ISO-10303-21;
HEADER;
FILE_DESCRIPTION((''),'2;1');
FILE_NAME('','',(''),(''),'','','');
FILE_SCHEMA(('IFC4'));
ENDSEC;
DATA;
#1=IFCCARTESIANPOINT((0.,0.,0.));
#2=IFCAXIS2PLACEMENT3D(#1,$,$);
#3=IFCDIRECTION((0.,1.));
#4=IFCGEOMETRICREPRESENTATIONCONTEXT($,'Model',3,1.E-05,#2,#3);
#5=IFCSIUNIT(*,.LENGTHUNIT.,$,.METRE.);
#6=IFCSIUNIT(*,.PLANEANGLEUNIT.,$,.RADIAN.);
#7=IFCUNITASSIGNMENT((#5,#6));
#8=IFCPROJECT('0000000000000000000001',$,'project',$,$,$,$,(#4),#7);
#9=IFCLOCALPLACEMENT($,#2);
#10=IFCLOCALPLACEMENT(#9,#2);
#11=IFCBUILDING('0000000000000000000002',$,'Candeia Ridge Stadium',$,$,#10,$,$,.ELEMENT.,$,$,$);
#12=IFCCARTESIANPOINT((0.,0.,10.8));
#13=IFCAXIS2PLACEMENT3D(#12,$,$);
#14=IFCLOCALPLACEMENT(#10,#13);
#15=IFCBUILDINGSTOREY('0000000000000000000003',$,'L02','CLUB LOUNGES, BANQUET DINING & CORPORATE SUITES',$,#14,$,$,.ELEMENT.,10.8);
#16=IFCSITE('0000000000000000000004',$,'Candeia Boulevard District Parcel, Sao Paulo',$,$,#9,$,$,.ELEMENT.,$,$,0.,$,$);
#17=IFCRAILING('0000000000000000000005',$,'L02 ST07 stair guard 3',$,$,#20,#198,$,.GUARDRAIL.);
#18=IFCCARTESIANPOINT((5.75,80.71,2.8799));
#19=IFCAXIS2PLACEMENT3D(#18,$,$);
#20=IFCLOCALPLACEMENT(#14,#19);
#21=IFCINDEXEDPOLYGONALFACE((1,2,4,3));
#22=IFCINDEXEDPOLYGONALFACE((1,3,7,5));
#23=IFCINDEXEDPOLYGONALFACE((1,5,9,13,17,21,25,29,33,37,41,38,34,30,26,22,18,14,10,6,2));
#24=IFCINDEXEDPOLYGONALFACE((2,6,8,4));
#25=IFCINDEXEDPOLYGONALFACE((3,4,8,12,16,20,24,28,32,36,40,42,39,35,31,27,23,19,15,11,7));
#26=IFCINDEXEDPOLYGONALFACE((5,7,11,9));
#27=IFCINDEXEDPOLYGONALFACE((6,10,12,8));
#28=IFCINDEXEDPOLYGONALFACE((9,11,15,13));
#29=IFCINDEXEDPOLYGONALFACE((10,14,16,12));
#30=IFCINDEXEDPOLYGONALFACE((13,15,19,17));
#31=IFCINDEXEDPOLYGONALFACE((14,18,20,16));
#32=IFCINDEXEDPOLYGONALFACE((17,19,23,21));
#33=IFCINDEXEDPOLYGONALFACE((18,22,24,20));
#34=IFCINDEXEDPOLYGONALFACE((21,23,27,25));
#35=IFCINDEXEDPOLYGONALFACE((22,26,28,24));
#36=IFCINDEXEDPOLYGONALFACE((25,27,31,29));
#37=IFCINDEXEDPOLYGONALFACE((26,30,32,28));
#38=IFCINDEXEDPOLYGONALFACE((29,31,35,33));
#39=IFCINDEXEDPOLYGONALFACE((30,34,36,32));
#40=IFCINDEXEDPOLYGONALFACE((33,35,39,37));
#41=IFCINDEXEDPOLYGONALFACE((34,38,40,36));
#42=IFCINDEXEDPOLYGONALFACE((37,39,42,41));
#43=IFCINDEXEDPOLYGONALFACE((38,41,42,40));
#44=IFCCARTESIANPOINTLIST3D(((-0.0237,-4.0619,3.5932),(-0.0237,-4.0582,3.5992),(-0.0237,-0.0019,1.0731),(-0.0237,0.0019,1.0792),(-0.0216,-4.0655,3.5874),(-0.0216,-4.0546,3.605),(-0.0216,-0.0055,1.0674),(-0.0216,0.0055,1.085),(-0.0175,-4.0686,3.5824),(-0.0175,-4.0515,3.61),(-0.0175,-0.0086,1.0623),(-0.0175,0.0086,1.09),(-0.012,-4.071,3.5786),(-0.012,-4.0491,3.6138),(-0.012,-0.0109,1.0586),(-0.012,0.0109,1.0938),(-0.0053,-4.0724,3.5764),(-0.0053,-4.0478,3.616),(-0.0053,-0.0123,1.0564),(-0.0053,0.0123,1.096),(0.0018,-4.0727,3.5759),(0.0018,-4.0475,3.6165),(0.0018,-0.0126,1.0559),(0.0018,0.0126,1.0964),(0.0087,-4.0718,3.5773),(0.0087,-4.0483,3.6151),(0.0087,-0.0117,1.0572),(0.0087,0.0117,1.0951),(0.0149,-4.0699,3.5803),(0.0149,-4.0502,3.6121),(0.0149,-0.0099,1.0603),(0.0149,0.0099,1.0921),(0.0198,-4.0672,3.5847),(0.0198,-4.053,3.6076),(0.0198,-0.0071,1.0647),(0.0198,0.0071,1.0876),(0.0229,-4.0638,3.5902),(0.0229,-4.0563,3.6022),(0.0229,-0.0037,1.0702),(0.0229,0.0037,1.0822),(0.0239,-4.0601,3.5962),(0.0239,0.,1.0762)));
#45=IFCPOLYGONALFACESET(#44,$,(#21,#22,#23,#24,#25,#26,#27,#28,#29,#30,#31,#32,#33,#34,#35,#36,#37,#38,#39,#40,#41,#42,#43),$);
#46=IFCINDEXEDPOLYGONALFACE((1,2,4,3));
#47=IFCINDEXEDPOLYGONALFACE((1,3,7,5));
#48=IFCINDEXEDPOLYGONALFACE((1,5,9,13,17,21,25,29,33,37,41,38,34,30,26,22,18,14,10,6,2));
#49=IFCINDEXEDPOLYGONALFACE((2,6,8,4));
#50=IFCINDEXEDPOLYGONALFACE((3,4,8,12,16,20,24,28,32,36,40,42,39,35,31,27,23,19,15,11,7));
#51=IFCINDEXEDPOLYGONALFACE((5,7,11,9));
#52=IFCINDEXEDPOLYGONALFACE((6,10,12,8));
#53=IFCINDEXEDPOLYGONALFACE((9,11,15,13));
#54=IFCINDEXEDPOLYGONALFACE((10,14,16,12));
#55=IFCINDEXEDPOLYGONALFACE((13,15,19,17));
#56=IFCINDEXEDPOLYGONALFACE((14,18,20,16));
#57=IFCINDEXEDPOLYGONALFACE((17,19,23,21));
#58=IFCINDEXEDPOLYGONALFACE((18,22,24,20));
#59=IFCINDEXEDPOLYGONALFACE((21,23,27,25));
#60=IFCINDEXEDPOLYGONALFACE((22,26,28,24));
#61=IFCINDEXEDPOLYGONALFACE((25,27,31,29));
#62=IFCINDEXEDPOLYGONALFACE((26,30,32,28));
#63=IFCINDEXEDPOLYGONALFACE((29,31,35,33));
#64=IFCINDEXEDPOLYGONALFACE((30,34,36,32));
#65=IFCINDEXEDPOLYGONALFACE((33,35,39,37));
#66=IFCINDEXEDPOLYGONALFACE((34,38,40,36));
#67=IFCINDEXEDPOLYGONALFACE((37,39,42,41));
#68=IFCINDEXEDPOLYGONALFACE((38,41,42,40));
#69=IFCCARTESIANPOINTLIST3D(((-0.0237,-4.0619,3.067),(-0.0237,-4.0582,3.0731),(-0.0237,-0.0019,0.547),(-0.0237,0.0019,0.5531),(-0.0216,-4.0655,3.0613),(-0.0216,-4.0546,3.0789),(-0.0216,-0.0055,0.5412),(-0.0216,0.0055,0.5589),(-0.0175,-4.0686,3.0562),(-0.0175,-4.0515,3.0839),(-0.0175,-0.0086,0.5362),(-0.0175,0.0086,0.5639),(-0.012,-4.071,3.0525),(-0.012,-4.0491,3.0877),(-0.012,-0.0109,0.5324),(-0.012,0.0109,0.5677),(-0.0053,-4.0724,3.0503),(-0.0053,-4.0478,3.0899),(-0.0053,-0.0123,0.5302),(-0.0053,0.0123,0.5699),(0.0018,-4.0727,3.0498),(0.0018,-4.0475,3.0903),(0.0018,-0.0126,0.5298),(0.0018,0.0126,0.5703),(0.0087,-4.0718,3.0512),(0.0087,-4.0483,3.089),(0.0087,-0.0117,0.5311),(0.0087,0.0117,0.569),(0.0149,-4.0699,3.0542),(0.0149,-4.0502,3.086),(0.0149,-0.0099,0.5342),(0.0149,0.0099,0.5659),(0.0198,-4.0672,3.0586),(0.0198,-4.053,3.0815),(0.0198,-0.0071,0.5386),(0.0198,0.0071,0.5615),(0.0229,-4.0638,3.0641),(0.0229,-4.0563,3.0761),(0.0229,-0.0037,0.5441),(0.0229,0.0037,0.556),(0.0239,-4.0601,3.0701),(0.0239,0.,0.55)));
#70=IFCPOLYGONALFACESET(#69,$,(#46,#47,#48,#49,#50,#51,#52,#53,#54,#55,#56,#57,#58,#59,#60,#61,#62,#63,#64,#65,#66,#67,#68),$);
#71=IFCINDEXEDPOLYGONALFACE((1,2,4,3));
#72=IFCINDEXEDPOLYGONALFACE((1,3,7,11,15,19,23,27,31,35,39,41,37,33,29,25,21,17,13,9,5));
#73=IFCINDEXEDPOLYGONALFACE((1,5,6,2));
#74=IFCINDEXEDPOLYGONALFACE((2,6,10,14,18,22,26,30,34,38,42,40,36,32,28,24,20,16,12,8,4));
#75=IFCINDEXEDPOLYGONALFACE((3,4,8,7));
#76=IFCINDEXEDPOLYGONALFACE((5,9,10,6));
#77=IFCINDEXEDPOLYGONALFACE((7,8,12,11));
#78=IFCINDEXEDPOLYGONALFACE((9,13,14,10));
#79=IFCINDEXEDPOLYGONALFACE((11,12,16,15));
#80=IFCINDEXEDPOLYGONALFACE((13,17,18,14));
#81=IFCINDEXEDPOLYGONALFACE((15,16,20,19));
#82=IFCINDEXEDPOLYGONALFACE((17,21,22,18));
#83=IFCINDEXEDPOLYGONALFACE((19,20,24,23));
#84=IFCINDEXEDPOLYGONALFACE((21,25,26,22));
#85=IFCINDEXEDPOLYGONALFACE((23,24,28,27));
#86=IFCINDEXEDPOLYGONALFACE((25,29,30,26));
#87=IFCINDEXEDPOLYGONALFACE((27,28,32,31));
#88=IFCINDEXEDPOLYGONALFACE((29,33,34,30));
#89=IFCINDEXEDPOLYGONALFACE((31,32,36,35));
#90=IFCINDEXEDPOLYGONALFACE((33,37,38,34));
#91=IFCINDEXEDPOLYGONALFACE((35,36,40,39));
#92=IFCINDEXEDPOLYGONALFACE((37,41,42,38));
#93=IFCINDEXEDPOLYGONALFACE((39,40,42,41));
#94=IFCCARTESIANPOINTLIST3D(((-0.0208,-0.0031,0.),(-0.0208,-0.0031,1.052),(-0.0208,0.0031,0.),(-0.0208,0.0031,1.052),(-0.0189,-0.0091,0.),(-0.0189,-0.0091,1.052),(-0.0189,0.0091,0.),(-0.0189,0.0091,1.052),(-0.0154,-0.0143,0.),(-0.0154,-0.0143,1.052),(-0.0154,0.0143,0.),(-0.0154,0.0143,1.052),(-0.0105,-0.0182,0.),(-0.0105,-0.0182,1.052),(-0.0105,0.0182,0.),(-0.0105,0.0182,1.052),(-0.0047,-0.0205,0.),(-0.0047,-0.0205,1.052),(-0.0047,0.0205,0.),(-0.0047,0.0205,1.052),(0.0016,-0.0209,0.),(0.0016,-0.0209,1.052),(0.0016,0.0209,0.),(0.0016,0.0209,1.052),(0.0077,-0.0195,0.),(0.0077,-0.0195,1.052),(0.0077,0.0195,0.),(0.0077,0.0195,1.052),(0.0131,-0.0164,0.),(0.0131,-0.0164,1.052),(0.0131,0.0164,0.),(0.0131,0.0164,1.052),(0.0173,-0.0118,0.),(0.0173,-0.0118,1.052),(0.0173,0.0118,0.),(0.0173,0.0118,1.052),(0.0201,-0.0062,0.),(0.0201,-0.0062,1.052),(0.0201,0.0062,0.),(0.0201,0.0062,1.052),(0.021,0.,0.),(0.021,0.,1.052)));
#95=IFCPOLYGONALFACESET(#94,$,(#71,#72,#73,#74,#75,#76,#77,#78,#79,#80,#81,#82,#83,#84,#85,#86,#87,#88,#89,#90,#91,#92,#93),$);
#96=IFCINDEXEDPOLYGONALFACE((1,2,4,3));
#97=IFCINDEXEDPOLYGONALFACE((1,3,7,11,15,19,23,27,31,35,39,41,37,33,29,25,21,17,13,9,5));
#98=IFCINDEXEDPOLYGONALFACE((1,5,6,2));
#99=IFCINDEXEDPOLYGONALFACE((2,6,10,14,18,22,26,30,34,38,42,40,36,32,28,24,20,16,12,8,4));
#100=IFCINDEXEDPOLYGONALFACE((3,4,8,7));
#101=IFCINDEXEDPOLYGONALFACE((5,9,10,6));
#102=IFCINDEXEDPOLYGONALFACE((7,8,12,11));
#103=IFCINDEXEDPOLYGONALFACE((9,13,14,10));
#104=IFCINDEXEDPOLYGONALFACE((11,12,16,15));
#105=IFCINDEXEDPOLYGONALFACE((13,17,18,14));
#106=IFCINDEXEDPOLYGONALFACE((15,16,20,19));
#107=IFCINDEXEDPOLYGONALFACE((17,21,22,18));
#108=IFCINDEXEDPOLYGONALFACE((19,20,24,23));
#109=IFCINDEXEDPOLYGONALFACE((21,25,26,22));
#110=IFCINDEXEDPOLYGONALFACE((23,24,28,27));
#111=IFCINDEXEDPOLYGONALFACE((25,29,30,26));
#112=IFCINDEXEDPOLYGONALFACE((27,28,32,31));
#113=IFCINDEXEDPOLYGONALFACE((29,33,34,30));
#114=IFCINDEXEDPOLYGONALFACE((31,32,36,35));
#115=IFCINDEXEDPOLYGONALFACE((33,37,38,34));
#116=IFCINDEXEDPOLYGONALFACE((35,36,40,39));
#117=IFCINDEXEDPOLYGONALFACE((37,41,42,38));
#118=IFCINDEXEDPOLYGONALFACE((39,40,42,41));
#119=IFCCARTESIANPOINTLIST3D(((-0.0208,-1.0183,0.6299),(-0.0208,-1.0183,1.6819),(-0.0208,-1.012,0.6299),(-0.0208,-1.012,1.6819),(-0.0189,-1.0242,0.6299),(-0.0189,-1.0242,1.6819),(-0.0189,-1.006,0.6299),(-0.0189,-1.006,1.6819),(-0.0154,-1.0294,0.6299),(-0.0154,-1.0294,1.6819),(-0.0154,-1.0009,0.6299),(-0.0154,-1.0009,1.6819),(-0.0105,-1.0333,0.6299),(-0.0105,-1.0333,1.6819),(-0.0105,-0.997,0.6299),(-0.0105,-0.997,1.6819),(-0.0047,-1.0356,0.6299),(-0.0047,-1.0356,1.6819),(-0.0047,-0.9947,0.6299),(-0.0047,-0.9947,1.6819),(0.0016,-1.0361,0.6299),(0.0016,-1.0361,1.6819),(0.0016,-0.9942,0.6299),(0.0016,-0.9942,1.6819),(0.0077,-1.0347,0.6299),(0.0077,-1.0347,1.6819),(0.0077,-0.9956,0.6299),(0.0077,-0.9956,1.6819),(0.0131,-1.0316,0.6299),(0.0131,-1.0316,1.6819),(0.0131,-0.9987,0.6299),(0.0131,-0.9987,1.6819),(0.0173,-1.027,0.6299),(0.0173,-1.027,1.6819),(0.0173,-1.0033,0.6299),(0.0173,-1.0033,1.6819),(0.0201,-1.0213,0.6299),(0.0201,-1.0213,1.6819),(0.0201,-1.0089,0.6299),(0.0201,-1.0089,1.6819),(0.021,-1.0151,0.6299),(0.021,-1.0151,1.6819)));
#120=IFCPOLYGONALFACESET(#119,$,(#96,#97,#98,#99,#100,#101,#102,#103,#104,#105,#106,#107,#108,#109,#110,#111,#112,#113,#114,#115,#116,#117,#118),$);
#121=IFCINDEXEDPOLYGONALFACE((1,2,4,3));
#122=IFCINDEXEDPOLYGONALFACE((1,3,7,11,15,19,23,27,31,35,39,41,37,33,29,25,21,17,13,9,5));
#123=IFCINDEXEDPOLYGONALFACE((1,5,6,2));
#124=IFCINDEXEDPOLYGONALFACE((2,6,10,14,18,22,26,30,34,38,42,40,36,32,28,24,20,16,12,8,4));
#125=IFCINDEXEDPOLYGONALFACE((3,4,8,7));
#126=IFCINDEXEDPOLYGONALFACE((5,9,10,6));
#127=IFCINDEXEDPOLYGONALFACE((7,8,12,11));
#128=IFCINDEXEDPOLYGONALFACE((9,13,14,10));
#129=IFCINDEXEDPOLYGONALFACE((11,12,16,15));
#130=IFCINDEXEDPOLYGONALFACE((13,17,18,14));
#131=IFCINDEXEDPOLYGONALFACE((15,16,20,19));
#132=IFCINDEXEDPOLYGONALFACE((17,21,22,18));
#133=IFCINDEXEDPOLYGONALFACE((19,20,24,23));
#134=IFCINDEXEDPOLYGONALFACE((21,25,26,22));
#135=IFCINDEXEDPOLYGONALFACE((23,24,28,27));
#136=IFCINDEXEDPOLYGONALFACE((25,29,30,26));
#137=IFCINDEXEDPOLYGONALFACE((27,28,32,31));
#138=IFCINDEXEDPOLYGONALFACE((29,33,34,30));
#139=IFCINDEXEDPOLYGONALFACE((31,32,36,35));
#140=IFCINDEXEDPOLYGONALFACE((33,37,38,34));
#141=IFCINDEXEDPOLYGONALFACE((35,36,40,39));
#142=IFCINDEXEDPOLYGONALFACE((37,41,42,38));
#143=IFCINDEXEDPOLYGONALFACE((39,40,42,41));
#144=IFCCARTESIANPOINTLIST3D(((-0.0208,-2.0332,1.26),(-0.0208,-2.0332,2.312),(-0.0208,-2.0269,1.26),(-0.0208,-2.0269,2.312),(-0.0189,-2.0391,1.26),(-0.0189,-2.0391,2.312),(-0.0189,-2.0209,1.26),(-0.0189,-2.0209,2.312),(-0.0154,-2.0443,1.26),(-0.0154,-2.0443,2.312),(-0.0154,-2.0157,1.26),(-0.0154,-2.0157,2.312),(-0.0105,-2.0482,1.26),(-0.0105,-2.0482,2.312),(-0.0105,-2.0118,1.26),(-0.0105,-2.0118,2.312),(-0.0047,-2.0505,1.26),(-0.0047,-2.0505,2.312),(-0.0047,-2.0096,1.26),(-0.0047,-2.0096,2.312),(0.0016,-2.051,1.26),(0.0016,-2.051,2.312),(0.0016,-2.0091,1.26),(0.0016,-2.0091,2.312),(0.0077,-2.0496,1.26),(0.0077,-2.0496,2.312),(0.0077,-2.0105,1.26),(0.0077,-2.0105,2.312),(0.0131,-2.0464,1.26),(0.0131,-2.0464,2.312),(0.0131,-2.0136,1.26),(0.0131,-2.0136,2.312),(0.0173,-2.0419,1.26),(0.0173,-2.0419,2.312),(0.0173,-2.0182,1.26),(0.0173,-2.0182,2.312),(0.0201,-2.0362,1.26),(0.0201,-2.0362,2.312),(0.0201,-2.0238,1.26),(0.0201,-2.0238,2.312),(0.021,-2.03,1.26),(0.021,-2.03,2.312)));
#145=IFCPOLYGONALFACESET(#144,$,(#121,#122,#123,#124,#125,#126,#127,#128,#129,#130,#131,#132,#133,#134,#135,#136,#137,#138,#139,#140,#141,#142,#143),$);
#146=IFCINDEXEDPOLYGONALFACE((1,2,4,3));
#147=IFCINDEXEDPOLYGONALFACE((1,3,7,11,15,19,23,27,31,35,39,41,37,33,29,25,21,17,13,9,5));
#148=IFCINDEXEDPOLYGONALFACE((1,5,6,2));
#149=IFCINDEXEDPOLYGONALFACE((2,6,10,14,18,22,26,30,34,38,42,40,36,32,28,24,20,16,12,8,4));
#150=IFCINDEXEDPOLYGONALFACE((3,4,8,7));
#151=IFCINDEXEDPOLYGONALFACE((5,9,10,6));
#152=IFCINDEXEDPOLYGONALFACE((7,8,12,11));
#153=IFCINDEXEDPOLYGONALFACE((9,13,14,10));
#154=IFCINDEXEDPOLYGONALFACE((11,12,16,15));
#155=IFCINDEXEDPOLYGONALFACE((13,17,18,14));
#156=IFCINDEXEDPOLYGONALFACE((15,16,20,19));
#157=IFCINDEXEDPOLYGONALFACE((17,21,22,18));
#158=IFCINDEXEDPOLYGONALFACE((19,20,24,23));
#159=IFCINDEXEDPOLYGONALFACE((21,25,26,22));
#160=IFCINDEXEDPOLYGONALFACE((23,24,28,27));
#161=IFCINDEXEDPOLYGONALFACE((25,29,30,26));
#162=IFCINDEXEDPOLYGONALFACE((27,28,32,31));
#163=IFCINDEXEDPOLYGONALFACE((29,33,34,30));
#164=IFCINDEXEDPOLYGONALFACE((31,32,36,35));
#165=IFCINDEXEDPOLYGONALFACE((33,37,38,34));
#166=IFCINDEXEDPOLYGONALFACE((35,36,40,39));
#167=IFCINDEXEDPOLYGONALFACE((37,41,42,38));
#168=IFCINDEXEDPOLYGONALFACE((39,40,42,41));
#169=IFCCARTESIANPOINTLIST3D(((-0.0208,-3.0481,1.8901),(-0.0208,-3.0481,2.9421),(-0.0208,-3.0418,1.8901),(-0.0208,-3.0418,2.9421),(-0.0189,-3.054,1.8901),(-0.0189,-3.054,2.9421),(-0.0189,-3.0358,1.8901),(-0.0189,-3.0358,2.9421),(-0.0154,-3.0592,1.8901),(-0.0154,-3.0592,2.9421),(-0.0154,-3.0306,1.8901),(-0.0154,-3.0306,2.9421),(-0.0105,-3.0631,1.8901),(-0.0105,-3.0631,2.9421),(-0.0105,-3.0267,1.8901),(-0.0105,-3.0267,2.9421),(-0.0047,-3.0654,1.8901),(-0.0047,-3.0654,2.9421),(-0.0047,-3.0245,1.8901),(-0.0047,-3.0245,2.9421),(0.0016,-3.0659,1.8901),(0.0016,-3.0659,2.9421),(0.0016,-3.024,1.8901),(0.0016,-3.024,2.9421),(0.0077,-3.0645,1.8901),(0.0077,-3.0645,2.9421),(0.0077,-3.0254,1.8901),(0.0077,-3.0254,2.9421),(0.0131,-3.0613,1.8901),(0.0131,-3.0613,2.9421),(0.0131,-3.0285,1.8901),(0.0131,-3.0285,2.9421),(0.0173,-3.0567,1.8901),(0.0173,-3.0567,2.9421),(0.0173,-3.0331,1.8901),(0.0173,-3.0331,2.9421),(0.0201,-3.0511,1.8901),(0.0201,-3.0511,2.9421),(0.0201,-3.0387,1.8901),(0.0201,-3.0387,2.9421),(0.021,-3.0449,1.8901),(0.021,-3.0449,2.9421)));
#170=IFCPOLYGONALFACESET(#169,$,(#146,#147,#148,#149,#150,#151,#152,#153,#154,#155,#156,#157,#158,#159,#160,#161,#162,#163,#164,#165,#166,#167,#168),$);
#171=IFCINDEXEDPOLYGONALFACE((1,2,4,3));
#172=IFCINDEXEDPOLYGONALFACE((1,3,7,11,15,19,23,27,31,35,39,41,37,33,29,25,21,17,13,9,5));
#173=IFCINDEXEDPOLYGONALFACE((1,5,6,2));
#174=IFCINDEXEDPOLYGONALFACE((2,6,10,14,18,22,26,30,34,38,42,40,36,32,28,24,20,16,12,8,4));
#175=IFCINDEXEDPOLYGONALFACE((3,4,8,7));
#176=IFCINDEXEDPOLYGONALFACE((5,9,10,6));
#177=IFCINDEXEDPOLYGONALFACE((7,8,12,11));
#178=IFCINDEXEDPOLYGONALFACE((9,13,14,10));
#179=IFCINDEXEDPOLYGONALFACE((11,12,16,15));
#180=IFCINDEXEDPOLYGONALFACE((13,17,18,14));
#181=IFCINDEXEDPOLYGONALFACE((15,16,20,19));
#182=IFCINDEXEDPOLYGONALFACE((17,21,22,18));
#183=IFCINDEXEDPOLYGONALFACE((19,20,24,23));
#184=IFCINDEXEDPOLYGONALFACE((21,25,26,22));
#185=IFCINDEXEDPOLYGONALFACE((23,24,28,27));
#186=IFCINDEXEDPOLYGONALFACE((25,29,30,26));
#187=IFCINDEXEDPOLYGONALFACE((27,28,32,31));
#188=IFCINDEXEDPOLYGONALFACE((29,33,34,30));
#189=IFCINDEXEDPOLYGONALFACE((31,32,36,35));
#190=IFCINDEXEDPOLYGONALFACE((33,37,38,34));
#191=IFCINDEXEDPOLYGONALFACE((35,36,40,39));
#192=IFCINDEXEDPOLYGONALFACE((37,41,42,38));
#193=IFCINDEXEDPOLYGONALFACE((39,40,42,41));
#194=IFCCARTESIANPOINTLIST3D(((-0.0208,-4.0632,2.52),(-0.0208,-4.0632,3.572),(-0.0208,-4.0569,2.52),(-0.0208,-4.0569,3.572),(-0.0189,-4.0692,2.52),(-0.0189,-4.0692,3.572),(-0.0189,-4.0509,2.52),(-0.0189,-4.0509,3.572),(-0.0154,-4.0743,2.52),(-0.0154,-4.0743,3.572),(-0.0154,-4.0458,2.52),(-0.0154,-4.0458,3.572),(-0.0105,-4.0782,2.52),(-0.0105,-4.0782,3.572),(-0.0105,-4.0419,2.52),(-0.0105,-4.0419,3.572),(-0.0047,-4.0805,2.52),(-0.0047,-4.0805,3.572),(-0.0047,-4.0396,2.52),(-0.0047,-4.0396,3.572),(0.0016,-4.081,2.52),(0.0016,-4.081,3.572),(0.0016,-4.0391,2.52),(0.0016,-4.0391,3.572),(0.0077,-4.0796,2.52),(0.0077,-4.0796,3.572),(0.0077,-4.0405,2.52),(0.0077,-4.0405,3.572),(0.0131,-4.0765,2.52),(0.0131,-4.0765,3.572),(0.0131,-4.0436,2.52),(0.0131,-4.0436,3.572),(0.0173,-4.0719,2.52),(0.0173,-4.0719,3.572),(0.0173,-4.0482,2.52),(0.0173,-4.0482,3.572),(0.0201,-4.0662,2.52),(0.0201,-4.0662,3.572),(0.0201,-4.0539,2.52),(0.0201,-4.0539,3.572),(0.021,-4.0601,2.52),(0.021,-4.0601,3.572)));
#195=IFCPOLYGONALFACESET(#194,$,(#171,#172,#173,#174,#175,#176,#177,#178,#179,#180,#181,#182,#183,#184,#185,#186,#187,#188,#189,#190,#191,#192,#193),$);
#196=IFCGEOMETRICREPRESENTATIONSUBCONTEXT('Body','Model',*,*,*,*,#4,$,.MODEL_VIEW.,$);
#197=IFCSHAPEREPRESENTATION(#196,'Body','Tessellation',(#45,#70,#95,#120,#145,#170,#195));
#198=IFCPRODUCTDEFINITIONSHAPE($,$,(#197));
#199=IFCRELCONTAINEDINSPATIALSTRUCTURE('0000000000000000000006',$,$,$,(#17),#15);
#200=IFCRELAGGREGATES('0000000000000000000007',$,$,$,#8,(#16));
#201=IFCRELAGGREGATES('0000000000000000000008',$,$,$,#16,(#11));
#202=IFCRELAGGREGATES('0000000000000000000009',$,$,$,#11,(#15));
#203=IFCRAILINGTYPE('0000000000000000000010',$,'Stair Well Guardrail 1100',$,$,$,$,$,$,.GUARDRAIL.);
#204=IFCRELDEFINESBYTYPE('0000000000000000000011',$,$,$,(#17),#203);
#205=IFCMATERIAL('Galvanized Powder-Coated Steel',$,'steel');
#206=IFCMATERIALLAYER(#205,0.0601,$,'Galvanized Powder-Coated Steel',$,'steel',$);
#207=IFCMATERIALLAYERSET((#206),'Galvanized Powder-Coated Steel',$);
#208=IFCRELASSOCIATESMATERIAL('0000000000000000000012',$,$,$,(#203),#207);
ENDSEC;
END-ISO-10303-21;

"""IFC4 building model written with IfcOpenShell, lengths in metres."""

from ifc_helpers import new_model, si_unit, direction, frame, origin, origin_2d, place, context, subcontext, project, spatial, circle, extrude, material, layer, layer_set, type_object, element, save


model = new_model("IFC4")

# Units and contexts
model_context = context("Model", 3, precision=1e-05, world=origin(), true_north=direction((0.0, 1.0)))
body_context = subcontext(model_context, "Body", "Model", "MODEL_VIEW")
ifc_project = project(units=[si_unit("LENGTHUNIT", "METRE"), si_unit("PLANEANGLEUNIT", "RADIAN")], contexts=[model_context])

# Site, building, storey
site_placement = place(None, origin())
site = spatial("IfcSite", under=ifc_project, at=site_placement, Name="Candeia Boulevard District Parcel, Sao Paulo", CompositionType="ELEMENT", RefElevation=0.0)
building_placement = place(site_placement, origin())
building = spatial("IfcBuilding", under=site, at=building_placement, Name="Candeia Ridge Stadium", CompositionType="ELEMENT")
storey_placement = place(building_placement, frame((0.0, 0.0, 10.8)))
storey = spatial("IfcBuildingStorey", under=building, at=storey_placement, Name="L02", Description="CLUB LOUNGES, BANQUET DINING & CORPORATE SUITES", CompositionType="ELEMENT", Elevation=10.8)

# Railing
ifc_material_1 = material(Name="Galvanized Powder-Coated Steel", Category="steel")
ifc_layer_1 = layer(ifc_material_1, 0.0601, Name="Galvanized Powder-Coated Steel", Category="steel")
ifc_layer_set_1 = layer_set([ifc_layer_1], Name="Galvanized Powder-Coated Steel")
railing_type = type_object("IfcRailingType", Name="Stair Well Guardrail 1100", PredefinedType="GUARDRAIL", material=ifc_layer_set_1)
railing_1_placement = place(storey_placement, frame((5.75, 80.71, 2.8799)))
element("IfcRailing", 1, at=railing_1_placement, inside=storey, type_object=railing_type, Name="L02 ST07 stair guard 3", PredefinedType="GUARDRAIL", context=body_context, shape_type="SweptSolid", body=[
    extrude(circle(Radius=0.0239, at=origin_2d()), frame((0.0, 0.0, 1.0762), z_axis=(0.0, -0.849642, 0.52736), x_axis=(1.0, 0.0, 0.0)), (0.0, 0.0, 1.0), 4.7786),
    extrude(circle(Radius=0.0239, at=origin_2d()), frame((0.0, 0.0, 0.55), z_axis=(0.0, -0.849642, 0.52736), x_axis=(1.0, 0.0, 0.0)), (0.0, 0.0, 1.0), 4.7786),
    extrude(circle(Radius=0.021, at=origin_2d()), origin(), (0.0, 0.0, 1.0), 1.052),
    extrude(circle(Radius=0.021, at=origin_2d()), frame((0.0, -1.0151, 0.6299)), (0.0, 0.0, 1.0), 1.052),
    extrude(circle(Radius=0.021, at=origin_2d()), frame((0.0, -2.03, 1.26)), (0.0, 0.0, 1.0), 1.052),
    extrude(circle(Radius=0.021, at=origin_2d()), frame((0.0, -3.0449, 1.8901)), (0.0, 0.0, 1.0), 1.052),
    extrude(circle(Radius=0.021, at=origin_2d()), frame((0.0, -4.0601, 2.52)), (0.0, 0.0, 1.0), 1.052),
])

save(model, "model.ifc")
